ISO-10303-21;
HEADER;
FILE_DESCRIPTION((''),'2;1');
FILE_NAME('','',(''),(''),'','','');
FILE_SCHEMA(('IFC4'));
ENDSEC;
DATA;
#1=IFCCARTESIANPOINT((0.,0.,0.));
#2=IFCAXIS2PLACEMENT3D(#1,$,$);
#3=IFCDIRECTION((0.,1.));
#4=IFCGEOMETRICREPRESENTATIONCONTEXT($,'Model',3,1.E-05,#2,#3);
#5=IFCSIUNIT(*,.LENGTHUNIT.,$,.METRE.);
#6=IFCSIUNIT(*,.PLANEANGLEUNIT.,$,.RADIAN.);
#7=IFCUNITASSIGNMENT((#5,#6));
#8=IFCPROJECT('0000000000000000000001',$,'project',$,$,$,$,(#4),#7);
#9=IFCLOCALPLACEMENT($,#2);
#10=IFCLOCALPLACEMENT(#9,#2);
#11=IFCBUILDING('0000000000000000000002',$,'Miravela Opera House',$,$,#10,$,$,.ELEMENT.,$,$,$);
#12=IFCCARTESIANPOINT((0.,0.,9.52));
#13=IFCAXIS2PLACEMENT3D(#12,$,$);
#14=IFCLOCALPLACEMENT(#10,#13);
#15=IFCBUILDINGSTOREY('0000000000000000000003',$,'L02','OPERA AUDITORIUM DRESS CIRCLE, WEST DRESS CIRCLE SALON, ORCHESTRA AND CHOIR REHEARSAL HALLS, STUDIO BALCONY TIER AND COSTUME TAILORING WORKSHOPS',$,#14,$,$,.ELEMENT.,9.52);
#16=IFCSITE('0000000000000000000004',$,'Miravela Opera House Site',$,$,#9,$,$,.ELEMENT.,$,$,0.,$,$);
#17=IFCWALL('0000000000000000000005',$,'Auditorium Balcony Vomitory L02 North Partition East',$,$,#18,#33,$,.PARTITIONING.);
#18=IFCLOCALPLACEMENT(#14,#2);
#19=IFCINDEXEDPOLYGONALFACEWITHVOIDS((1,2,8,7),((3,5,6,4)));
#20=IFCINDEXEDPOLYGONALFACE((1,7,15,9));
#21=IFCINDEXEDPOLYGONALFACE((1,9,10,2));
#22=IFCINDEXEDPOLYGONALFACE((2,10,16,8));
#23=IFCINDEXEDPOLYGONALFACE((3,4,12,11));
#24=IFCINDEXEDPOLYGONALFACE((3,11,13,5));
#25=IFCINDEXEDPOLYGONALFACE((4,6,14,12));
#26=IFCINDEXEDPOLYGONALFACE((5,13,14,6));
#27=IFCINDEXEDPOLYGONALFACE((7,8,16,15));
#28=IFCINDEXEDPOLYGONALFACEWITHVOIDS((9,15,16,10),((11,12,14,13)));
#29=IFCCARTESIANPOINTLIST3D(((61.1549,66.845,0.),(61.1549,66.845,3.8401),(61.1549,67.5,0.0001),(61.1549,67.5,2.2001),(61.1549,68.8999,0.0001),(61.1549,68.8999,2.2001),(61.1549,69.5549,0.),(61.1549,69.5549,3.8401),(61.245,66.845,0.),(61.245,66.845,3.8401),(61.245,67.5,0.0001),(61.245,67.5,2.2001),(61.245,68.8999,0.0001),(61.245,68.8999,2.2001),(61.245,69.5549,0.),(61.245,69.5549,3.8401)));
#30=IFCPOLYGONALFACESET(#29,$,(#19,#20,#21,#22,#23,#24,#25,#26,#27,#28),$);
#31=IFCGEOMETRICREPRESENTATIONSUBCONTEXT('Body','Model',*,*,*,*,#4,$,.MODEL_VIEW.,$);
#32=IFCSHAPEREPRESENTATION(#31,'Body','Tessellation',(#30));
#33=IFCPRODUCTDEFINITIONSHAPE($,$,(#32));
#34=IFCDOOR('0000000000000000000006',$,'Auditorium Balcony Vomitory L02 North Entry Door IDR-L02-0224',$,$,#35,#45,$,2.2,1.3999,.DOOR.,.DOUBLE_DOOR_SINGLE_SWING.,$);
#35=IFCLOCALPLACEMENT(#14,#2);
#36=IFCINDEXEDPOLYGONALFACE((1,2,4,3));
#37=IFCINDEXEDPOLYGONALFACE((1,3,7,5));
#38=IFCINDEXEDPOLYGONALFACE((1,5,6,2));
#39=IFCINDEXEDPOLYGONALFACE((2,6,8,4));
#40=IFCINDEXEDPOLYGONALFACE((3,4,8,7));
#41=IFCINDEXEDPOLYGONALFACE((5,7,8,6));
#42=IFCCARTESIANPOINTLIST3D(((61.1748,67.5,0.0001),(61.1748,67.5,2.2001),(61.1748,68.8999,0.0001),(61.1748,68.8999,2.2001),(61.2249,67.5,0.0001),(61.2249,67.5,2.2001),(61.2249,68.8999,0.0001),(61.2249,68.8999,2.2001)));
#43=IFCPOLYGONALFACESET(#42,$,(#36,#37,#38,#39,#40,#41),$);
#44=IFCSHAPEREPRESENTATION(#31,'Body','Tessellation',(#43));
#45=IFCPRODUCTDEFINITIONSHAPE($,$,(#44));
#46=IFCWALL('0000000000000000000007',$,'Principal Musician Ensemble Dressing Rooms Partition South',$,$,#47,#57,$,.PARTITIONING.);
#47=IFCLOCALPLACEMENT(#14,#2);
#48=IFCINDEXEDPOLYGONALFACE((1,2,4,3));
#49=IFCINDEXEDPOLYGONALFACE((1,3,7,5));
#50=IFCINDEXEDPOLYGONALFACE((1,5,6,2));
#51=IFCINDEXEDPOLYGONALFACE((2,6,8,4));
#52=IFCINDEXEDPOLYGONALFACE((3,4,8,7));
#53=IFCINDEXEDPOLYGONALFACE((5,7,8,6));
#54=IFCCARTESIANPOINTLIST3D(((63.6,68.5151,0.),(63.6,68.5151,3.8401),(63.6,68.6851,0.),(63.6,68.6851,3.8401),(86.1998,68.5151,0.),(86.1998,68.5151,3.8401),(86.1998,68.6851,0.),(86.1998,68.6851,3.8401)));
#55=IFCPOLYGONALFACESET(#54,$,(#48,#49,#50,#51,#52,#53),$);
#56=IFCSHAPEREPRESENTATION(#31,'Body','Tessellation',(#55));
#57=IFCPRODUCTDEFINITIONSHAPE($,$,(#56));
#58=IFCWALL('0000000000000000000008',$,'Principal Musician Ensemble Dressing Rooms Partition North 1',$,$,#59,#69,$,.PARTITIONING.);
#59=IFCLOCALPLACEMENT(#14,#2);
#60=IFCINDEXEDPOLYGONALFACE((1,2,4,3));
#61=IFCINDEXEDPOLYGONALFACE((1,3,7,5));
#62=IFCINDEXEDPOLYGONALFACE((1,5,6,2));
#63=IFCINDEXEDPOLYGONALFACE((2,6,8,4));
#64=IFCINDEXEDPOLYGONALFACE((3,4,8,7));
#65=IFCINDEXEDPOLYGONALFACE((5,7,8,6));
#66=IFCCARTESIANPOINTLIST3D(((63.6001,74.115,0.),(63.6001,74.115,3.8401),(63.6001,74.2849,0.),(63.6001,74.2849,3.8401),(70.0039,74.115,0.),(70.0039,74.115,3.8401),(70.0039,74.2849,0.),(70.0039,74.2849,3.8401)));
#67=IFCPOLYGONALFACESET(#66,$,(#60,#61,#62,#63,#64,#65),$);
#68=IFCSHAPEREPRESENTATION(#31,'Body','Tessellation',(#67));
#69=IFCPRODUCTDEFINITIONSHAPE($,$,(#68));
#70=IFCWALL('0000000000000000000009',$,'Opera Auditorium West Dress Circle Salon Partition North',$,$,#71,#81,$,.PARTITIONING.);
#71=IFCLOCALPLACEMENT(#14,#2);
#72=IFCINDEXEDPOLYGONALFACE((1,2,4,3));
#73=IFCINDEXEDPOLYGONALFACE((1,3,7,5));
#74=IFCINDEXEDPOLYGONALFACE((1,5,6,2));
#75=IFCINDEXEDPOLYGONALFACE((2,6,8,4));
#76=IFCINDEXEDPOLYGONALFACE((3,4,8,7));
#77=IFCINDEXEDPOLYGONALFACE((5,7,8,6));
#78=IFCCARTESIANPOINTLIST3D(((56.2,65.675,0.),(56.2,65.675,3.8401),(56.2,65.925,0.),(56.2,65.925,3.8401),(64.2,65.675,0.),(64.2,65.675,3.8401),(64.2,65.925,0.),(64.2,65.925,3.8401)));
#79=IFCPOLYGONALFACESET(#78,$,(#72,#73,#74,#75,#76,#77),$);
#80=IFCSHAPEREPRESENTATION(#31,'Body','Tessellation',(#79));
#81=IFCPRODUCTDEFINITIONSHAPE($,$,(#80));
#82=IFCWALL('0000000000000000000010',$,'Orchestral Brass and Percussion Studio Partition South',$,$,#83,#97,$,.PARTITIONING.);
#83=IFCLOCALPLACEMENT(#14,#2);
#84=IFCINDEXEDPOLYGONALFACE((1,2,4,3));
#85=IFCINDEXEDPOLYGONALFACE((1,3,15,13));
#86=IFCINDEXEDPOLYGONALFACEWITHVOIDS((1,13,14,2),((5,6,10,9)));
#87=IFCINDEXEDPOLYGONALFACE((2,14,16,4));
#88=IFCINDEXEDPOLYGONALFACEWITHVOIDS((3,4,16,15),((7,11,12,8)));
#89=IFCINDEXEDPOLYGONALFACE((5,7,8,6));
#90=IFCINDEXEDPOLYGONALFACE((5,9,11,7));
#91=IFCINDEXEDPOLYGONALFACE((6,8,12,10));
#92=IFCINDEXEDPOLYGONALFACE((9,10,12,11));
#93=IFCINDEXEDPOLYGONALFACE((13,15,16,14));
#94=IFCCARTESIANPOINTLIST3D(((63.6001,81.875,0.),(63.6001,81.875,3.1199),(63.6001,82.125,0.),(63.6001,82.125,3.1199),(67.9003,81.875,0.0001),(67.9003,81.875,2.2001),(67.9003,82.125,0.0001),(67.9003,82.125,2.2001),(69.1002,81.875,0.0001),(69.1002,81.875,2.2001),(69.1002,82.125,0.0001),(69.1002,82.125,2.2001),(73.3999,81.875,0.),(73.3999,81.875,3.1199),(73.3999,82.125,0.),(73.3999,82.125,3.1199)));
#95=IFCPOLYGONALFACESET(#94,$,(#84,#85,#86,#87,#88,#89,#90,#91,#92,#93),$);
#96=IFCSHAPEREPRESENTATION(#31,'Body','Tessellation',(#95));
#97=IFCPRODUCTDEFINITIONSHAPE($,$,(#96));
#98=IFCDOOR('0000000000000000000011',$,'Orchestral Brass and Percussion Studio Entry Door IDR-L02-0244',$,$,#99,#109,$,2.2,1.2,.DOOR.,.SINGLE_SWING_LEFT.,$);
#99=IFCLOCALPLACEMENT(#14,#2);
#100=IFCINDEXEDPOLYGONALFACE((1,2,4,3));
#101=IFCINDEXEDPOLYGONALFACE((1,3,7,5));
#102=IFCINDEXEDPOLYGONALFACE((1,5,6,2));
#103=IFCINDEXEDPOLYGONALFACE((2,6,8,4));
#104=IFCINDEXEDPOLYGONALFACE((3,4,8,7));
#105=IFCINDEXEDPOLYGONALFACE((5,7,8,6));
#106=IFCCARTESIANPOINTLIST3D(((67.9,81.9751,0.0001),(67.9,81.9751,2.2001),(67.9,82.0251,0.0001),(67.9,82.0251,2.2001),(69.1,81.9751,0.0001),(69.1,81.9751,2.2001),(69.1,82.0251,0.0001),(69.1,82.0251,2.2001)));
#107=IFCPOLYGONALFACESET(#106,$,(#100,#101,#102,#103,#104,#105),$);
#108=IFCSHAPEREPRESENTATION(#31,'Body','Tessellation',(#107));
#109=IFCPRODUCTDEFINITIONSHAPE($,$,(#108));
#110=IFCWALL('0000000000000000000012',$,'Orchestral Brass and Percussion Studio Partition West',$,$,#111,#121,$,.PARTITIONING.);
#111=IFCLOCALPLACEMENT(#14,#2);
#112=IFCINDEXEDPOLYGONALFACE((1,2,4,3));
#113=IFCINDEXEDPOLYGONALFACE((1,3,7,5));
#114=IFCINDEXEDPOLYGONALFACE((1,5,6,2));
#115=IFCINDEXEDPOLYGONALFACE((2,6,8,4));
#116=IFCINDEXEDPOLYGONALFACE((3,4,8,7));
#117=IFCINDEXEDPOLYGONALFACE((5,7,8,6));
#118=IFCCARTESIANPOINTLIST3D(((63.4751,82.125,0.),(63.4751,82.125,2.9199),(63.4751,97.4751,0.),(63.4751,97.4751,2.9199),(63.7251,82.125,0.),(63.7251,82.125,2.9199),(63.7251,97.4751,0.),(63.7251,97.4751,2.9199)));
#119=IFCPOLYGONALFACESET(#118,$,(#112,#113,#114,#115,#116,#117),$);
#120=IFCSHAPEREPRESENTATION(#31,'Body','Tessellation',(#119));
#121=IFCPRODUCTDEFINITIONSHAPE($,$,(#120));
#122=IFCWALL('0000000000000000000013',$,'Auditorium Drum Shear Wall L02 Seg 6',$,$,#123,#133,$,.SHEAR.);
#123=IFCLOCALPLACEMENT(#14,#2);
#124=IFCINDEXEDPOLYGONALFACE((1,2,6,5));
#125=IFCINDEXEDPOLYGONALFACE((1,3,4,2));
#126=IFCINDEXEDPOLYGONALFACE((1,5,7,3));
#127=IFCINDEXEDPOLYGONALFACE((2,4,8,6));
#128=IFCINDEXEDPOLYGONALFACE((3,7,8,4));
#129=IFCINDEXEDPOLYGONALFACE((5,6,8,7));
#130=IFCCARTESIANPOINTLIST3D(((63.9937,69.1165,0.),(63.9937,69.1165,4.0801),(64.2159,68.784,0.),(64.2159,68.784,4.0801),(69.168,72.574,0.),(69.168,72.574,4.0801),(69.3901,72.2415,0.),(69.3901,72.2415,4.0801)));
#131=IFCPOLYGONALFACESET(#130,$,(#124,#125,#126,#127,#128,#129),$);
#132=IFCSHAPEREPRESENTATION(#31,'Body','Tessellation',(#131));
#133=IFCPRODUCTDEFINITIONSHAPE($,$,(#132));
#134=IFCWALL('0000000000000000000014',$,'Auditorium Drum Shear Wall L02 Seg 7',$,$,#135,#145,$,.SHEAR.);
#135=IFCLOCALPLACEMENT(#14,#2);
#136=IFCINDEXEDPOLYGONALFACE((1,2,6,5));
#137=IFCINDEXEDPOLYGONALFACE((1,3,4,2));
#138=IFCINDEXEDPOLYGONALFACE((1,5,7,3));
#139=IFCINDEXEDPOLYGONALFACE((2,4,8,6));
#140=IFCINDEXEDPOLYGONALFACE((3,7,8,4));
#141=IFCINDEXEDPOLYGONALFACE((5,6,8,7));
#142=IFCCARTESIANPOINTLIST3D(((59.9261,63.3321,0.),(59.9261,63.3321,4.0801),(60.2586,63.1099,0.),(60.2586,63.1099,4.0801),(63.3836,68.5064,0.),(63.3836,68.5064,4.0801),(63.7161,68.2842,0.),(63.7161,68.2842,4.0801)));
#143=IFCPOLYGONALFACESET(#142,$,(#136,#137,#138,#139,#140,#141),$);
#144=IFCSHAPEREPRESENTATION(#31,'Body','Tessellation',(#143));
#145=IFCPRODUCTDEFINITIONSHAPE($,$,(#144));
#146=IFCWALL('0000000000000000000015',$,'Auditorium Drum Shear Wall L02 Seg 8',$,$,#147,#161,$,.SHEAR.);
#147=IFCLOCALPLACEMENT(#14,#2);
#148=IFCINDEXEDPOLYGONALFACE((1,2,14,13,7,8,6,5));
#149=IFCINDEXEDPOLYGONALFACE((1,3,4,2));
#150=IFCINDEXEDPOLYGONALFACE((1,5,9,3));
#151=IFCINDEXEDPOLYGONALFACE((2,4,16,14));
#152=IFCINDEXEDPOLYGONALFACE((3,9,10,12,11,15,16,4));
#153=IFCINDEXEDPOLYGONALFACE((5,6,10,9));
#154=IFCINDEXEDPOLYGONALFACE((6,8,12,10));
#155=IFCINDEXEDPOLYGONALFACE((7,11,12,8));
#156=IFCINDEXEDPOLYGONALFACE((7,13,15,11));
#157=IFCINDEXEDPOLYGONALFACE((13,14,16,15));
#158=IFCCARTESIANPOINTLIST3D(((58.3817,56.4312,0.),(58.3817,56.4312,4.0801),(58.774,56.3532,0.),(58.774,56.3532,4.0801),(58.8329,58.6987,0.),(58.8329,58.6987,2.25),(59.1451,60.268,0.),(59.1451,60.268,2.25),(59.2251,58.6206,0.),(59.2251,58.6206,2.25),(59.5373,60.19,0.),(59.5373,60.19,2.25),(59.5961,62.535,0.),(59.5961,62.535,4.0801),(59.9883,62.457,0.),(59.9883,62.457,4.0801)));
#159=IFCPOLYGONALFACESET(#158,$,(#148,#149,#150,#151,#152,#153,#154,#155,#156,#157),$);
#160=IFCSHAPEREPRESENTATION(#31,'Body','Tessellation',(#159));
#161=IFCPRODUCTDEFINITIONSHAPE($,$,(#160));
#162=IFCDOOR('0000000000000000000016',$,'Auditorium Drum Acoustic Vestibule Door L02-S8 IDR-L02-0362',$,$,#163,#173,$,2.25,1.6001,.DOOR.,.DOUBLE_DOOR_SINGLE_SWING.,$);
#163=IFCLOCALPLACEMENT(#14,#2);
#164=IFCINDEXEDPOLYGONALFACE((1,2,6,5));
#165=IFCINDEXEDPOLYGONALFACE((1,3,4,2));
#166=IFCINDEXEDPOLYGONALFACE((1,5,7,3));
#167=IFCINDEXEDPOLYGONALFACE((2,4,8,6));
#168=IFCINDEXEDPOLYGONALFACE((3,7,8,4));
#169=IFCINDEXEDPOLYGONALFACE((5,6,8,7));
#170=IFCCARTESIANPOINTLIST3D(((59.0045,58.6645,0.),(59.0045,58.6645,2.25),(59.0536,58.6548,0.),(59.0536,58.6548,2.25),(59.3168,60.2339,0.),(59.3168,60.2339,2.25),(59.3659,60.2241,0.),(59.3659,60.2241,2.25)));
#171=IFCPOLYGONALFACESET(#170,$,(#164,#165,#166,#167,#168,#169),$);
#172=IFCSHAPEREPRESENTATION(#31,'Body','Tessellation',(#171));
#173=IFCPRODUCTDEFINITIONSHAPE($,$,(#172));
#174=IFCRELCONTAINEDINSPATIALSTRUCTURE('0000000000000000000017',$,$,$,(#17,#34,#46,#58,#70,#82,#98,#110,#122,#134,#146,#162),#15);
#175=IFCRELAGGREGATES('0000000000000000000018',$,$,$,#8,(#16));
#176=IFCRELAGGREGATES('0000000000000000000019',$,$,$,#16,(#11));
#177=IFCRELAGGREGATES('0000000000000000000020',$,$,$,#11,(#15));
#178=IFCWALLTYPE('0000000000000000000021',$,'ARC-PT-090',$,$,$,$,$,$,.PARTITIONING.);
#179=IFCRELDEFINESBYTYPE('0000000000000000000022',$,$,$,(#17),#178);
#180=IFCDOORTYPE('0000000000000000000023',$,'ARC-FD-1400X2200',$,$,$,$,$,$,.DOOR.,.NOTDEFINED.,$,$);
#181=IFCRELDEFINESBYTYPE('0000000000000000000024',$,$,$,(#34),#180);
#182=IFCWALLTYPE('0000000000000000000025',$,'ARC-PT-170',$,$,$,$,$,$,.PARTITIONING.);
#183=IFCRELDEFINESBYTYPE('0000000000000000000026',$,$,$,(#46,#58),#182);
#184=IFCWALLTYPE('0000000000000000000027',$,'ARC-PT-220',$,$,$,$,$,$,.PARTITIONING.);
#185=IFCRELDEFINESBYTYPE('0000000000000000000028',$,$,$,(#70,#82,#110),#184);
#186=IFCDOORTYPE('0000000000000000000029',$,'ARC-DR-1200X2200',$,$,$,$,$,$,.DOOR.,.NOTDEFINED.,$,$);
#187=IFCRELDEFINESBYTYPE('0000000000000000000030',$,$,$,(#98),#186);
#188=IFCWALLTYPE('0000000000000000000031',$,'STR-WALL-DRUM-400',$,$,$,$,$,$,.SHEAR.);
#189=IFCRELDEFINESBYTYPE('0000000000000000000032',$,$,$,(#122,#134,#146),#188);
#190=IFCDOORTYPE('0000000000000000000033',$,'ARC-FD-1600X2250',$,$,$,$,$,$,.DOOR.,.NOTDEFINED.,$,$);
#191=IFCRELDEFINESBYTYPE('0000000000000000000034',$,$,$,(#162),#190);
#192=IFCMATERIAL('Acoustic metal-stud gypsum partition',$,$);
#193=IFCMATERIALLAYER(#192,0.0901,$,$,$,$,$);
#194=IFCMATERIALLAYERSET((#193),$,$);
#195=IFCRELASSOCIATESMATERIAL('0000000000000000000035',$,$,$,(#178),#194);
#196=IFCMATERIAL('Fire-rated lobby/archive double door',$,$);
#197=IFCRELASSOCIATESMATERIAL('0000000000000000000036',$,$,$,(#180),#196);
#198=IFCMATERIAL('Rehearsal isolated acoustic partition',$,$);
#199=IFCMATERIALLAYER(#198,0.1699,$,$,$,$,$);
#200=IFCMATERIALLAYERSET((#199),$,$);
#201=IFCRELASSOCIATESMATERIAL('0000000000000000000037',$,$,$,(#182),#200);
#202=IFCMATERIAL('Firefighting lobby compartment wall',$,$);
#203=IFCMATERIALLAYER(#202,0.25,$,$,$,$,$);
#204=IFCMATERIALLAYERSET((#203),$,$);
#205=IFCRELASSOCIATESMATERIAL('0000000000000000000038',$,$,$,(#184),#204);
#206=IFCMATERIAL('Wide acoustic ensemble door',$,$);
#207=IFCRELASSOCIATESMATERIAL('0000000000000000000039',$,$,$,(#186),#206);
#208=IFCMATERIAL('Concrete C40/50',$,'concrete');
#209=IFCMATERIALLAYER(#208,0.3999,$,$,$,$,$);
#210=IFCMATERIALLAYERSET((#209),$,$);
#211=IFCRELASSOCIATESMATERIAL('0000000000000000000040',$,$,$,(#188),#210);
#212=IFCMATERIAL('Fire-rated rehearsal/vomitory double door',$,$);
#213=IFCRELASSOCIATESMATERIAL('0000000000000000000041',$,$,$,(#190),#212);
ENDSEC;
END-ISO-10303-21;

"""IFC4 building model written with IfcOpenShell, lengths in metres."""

from ifc_helpers import new_model, si_unit, direction, frame, frame_2d, origin, place, context, subcontext, project, spatial, rectangle, extrude, material, layer, layer_set, type_object, element, fill, save


model = new_model("IFC4")

# Units and contexts
model_context = context("Model", 3, precision=1e-05, world=origin(), true_north=direction((0.0, 1.0)))
body_context = subcontext(model_context, "Body", "Model", "MODEL_VIEW")
ifc_project = project(units=[si_unit("LENGTHUNIT", "METRE"), si_unit("PLANEANGLEUNIT", "RADIAN")], contexts=[model_context])

# Site, building, storey
site_placement = place(None, origin())
site = spatial("IfcSite", under=ifc_project, at=site_placement, Name="Miravela Opera House Site", CompositionType="ELEMENT", RefElevation=0.0)
building_placement = place(site_placement, origin())
building = spatial("IfcBuilding", under=site, at=building_placement, Name="Miravela Opera House", CompositionType="ELEMENT")
storey_placement = place(building_placement, frame((0.0, 0.0, 9.52)))
storey = spatial("IfcBuildingStorey", under=building, at=storey_placement, Name="L02", Description="OPERA AUDITORIUM DRESS CIRCLE, WEST DRESS CIRCLE SALON, ORCHESTRA AND CHOIR REHEARSAL HALLS, STUDIO BALCONY TIER AND COSTUME TAILORING WORKSHOPS", CompositionType="ELEMENT", Elevation=9.52)

# Shared definitions
ifc_material_1 = material(Name="Concrete C40/50", Category="concrete")

# Wall, opening, door
ifc_material_2 = material(Name="Acoustic metal-stud gypsum partition")
ifc_layer_1 = layer(ifc_material_2, 0.0901)
ifc_layer_set_1 = layer_set([ifc_layer_1])
wall_type_1 = type_object("IfcWallType", Name="ARC-PT-090", PredefinedType="PARTITIONING", material=ifc_layer_set_1)
wall_1_placement = place(storey_placement, frame((61.2, 66.845, 0.0), z_axis=(0.0, 0.0, 1.0), x_axis=(0.0, 1.0, 0.0)))
wall_1 = element("IfcWall", 1, at=wall_1_placement, inside=storey, type_object=wall_type_1, Name="Auditorium Balcony Vomitory L02 North Partition East", PredefinedType="PARTITIONING", context=body_context, shape_type="SweptSolid", body=[
    extrude(rectangle(XDim=2.71, YDim=0.0901, at=frame_2d((1.355, 0.0))), origin(), (0.0, 0.0, 1.0), 3.8401),
])
opening_1_placement = place(wall_1_placement, frame((0.655, 0.0, 0.0)))
opening_1 = element("IfcOpeningElement", 2, at=opening_1_placement, cuts=wall_1, PredefinedType="OPENING", context=body_context, shape_type="SweptSolid", body=[
    extrude(rectangle(XDim=1.3999, YDim=2.2, at=frame_2d((0.7, 1.1001))), frame((0.0, 0.0549, 0.0), z_axis=(0.0, -1.0, 0.0), x_axis=(1.0, 0.0, 0.0)), (0.0, 0.0, 1.0), 0.1101),
])
ifc_material_3 = material(Name="Fire-rated lobby/archive double door")
door_type_1 = type_object("IfcDoorType", Name="ARC-FD-1400X2200", OperationType="NOTDEFINED", PredefinedType="DOOR", material=ifc_material_3)
door_1_placement = place(opening_1_placement, frame((1.3999, 0.0, 0.0), z_axis=(0.0, 0.0, 1.0), x_axis=(-1.0, 0.0, 0.0)))
door_1 = element("IfcDoor", 3, at=door_1_placement, inside=storey, type_object=door_type_1, Name="Auditorium Balcony Vomitory L02 North Entry Door IDR-L02-0224", OperationType="DOUBLE_DOOR_SINGLE_SWING", OverallHeight=2.2, OverallWidth=1.3999, PredefinedType="DOOR", context=body_context, shape_type="SweptSolid", body=[
    extrude(rectangle(XDim=1.3999, YDim=2.2, at=frame_2d((0.7, 1.1001))), frame((0.0, 0.0249, 0.0), z_axis=(0.0, -1.0, 0.0), x_axis=(1.0, 0.0, 0.0)), (0.0, 0.0, 1.0), 0.05),
])
fill(opening_1, door_1)

# Walls
ifc_material_4 = material(Name="Rehearsal isolated acoustic partition")
ifc_layer_2 = layer(ifc_material_4, 0.1699)
ifc_layer_set_2 = layer_set([ifc_layer_2])
wall_type_2 = type_object("IfcWallType", Name="ARC-PT-170", PredefinedType="PARTITIONING", material=ifc_layer_set_2)
wall_2_placement = place(storey_placement, frame((63.6001, 68.6001, 0.0), z_axis=(0.0, 0.0, 1.0), x_axis=(1.0, 0.0, 0.0)))
element("IfcWall", 4, at=wall_2_placement, inside=storey, type_object=wall_type_2, Name="Principal Musician Ensemble Dressing Rooms Partition South", PredefinedType="PARTITIONING", context=body_context, shape_type="SweptSolid", body=[
    extrude(rectangle(XDim=22.5999, YDim=0.1699, at=frame_2d((11.2998, 0.0))), origin(), (0.0, 0.0, 1.0), 3.8401),
])
wall_3_placement = place(storey_placement, frame((63.6001, 74.2, 0.0), z_axis=(0.0, 0.0, 1.0), x_axis=(1.0, 0.0, 0.0)))
element("IfcWall", 5, at=wall_3_placement, inside=storey, type_object=wall_type_2, Name="Principal Musician Ensemble Dressing Rooms Partition North 1", PredefinedType="PARTITIONING", context=body_context, shape_type="SweptSolid", body=[
    extrude(rectangle(XDim=6.4038, YDim=0.1699, at=frame_2d((3.2019, 0.0))), origin(), (0.0, 0.0, 1.0), 3.8401),
])
ifc_material_5 = material(Name="Firefighting lobby compartment wall")
ifc_layer_3 = layer(ifc_material_5, 0.25)
ifc_layer_set_3 = layer_set([ifc_layer_3])
wall_type_3 = type_object("IfcWallType", Name="ARC-PT-220", PredefinedType="PARTITIONING", material=ifc_layer_set_3)
wall_4_placement = place(storey_placement, frame((56.2, 65.8, 0.0), z_axis=(0.0, 0.0, 1.0), x_axis=(1.0, 0.0, 0.0)))
element("IfcWall", 6, at=wall_4_placement, inside=storey, type_object=wall_type_3, Name="Opera Auditorium West Dress Circle Salon Partition North", PredefinedType="PARTITIONING", context=body_context, shape_type="SweptSolid", body=[
    extrude(rectangle(XDim=8.0, YDim=0.25, at=frame_2d((4.0, 0.0))), origin(), (0.0, 0.0, 1.0), 3.8401),
])

# Wall, opening, door
wall_5_placement = place(storey_placement, frame((63.6001, 82.0, 0.0), z_axis=(0.0, 0.0, 1.0), x_axis=(1.0, 0.0, 0.0)))
wall_5 = element("IfcWall", 7, at=wall_5_placement, inside=storey, type_object=wall_type_3, Name="Orchestral Brass and Percussion Studio Partition South", PredefinedType="PARTITIONING", context=body_context, shape_type="SweptSolid", body=[
    extrude(rectangle(XDim=9.7998, YDim=0.25, at=frame_2d((4.8999, 0.0))), origin(), (0.0, 0.0, 1.0), 3.1199),
])
opening_2_placement = place(wall_5_placement, frame((4.3, 0.0, 0.0)))
opening_2 = element("IfcOpeningElement", 8, at=opening_2_placement, cuts=wall_5, PredefinedType="OPENING", context=body_context, shape_type="SweptSolid", body=[
    extrude(rectangle(XDim=1.2, YDim=2.2, at=frame_2d((0.6001, 1.1001))), frame((0.0, 0.135, 0.0), z_axis=(0.0, -1.0, 0.0), x_axis=(1.0, 0.0, 0.0)), (0.0, 0.0, 1.0), 0.27),
])
ifc_material_6 = material(Name="Wide acoustic ensemble door")
door_type_2 = type_object("IfcDoorType", Name="ARC-DR-1200X2200", OperationType="NOTDEFINED", PredefinedType="DOOR", material=ifc_material_6)
door_2_placement = place(opening_2_placement, frame((1.2, 0.0, 0.0), z_axis=(0.0, 0.0, 1.0), x_axis=(-1.0, 0.0, 0.0)))
door_2 = element("IfcDoor", 9, at=door_2_placement, inside=storey, type_object=door_type_2, Name="Orchestral Brass and Percussion Studio Entry Door IDR-L02-0244", OperationType="SINGLE_SWING_LEFT", OverallHeight=2.2, OverallWidth=1.2, PredefinedType="DOOR", context=body_context, shape_type="SweptSolid", body=[
    extrude(rectangle(XDim=1.2, YDim=2.2, at=frame_2d((0.6001, 1.1001))), frame((0.0, 0.0249, 0.0), z_axis=(0.0, -1.0, 0.0), x_axis=(1.0, 0.0, 0.0)), (0.0, 0.0, 1.0), 0.05),
])
fill(opening_2, door_2)

# Walls
wall_6_placement = place(storey_placement, frame((63.6001, 82.125, 0.0), z_axis=(0.0, 0.0, 1.0), x_axis=(0.0, 1.0, 0.0)))
element("IfcWall", 10, at=wall_6_placement, inside=storey, type_object=wall_type_3, Name="Orchestral Brass and Percussion Studio Partition West", PredefinedType="PARTITIONING", context=body_context, shape_type="SweptSolid", body=[
    extrude(rectangle(XDim=15.3501, YDim=0.25, at=frame_2d((7.675, 0.0))), origin(), (0.0, 0.0, 1.0), 2.9199),
])
ifc_layer_4 = layer(ifc_material_1, 0.3999)
ifc_layer_set_4 = layer_set([ifc_layer_4])
wall_type_4 = type_object("IfcWallType", Name="STR-WALL-DRUM-400", PredefinedType="SHEAR", material=ifc_layer_set_4)
for number, where, z_axis, x_axis, name in (
    (11, (69.2791, 72.4077, 0.0), (0.0, 0.0, 1.0), (-0.831458, -0.555587, 0.0), "Auditorium Drum Shear Wall L02 Seg 6"),
    (12, (63.5498, 68.3953, 0.0), (0.0, 0.0, 1.0), (-0.555587, -0.831458, 0.0), "Auditorium Drum Shear Wall L02 Seg 7"),
):
    element("IfcWall", number, at=place(storey_placement, frame(where, z_axis=z_axis, x_axis=x_axis)), inside=storey, type_object=wall_type_4, Name=name, PredefinedType="SHEAR", context=body_context, shape_type="SweptSolid", body=[
        extrude(rectangle(XDim=6.2231, YDim=0.3999, at=frame_2d((3.1116, 0.0))), origin(), (0.0, 0.0, 1.0), 4.0801),
    ])

# Wall, opening, door
wall_7_placement = place(storey_placement, frame((59.7922, 62.4961, 0.0), z_axis=(0.0, 0.0, 1.0), x_axis=(-0.195128, -0.980778, 0.0)))
wall_7 = element("IfcWall", 13, at=wall_7_placement, inside=storey, type_object=wall_type_4, Name="Auditorium Drum Shear Wall L02 Seg 8", PredefinedType="SHEAR", context=body_context, shape_type="SweptSolid", body=[
    extrude(rectangle(XDim=6.2234, YDim=0.3999, at=frame_2d((3.1118, 0.0))), origin(), (0.0, 0.0, 1.0), 4.0801),
])
opening_3_placement = place(wall_7_placement, frame((2.3115, 0.0, 0.0)))
opening_3 = element("IfcOpeningElement", 14, at=opening_3_placement, cuts=wall_7, PredefinedType="OPENING", context=body_context, shape_type="SweptSolid", body=[
    extrude(rectangle(XDim=1.6001, YDim=2.25, at=frame_2d((0.8, 1.125))), frame((0.0, 0.21, 0.0), z_axis=(0.0, -1.0, 0.0), x_axis=(1.0, 0.0, 0.0)), (0.0, 0.0, 1.0), 0.4199),
])
ifc_material_7 = material(Name="Fire-rated rehearsal/vomitory double door")
door_type_3 = type_object("IfcDoorType", Name="ARC-FD-1600X2250", OperationType="NOTDEFINED", PredefinedType="DOOR", material=ifc_material_7)
door_3_placement = place(opening_3_placement, frame((1.6001, 0.0, 0.0), z_axis=(0.0, 0.0, 1.0), x_axis=(-1.0, 0.0, 0.0)))
door_3 = element("IfcDoor", 15, at=door_3_placement, inside=storey, type_object=door_type_3, Name="Auditorium Drum Acoustic Vestibule Door L02-S8 IDR-L02-0362", OperationType="DOUBLE_DOOR_SINGLE_SWING", OverallHeight=2.25, OverallWidth=1.6001, PredefinedType="DOOR", context=body_context, shape_type="SweptSolid", body=[
    extrude(rectangle(XDim=1.6001, YDim=2.25, at=frame_2d((0.8, 1.125))), frame((0.0, 0.0249, 0.0), z_axis=(0.0, -1.0, 0.0), x_axis=(1.0, 0.0, 0.0)), (0.0, 0.0, 1.0), 0.05),
])
fill(opening_3, door_3)

save(model, "model.ifc")
